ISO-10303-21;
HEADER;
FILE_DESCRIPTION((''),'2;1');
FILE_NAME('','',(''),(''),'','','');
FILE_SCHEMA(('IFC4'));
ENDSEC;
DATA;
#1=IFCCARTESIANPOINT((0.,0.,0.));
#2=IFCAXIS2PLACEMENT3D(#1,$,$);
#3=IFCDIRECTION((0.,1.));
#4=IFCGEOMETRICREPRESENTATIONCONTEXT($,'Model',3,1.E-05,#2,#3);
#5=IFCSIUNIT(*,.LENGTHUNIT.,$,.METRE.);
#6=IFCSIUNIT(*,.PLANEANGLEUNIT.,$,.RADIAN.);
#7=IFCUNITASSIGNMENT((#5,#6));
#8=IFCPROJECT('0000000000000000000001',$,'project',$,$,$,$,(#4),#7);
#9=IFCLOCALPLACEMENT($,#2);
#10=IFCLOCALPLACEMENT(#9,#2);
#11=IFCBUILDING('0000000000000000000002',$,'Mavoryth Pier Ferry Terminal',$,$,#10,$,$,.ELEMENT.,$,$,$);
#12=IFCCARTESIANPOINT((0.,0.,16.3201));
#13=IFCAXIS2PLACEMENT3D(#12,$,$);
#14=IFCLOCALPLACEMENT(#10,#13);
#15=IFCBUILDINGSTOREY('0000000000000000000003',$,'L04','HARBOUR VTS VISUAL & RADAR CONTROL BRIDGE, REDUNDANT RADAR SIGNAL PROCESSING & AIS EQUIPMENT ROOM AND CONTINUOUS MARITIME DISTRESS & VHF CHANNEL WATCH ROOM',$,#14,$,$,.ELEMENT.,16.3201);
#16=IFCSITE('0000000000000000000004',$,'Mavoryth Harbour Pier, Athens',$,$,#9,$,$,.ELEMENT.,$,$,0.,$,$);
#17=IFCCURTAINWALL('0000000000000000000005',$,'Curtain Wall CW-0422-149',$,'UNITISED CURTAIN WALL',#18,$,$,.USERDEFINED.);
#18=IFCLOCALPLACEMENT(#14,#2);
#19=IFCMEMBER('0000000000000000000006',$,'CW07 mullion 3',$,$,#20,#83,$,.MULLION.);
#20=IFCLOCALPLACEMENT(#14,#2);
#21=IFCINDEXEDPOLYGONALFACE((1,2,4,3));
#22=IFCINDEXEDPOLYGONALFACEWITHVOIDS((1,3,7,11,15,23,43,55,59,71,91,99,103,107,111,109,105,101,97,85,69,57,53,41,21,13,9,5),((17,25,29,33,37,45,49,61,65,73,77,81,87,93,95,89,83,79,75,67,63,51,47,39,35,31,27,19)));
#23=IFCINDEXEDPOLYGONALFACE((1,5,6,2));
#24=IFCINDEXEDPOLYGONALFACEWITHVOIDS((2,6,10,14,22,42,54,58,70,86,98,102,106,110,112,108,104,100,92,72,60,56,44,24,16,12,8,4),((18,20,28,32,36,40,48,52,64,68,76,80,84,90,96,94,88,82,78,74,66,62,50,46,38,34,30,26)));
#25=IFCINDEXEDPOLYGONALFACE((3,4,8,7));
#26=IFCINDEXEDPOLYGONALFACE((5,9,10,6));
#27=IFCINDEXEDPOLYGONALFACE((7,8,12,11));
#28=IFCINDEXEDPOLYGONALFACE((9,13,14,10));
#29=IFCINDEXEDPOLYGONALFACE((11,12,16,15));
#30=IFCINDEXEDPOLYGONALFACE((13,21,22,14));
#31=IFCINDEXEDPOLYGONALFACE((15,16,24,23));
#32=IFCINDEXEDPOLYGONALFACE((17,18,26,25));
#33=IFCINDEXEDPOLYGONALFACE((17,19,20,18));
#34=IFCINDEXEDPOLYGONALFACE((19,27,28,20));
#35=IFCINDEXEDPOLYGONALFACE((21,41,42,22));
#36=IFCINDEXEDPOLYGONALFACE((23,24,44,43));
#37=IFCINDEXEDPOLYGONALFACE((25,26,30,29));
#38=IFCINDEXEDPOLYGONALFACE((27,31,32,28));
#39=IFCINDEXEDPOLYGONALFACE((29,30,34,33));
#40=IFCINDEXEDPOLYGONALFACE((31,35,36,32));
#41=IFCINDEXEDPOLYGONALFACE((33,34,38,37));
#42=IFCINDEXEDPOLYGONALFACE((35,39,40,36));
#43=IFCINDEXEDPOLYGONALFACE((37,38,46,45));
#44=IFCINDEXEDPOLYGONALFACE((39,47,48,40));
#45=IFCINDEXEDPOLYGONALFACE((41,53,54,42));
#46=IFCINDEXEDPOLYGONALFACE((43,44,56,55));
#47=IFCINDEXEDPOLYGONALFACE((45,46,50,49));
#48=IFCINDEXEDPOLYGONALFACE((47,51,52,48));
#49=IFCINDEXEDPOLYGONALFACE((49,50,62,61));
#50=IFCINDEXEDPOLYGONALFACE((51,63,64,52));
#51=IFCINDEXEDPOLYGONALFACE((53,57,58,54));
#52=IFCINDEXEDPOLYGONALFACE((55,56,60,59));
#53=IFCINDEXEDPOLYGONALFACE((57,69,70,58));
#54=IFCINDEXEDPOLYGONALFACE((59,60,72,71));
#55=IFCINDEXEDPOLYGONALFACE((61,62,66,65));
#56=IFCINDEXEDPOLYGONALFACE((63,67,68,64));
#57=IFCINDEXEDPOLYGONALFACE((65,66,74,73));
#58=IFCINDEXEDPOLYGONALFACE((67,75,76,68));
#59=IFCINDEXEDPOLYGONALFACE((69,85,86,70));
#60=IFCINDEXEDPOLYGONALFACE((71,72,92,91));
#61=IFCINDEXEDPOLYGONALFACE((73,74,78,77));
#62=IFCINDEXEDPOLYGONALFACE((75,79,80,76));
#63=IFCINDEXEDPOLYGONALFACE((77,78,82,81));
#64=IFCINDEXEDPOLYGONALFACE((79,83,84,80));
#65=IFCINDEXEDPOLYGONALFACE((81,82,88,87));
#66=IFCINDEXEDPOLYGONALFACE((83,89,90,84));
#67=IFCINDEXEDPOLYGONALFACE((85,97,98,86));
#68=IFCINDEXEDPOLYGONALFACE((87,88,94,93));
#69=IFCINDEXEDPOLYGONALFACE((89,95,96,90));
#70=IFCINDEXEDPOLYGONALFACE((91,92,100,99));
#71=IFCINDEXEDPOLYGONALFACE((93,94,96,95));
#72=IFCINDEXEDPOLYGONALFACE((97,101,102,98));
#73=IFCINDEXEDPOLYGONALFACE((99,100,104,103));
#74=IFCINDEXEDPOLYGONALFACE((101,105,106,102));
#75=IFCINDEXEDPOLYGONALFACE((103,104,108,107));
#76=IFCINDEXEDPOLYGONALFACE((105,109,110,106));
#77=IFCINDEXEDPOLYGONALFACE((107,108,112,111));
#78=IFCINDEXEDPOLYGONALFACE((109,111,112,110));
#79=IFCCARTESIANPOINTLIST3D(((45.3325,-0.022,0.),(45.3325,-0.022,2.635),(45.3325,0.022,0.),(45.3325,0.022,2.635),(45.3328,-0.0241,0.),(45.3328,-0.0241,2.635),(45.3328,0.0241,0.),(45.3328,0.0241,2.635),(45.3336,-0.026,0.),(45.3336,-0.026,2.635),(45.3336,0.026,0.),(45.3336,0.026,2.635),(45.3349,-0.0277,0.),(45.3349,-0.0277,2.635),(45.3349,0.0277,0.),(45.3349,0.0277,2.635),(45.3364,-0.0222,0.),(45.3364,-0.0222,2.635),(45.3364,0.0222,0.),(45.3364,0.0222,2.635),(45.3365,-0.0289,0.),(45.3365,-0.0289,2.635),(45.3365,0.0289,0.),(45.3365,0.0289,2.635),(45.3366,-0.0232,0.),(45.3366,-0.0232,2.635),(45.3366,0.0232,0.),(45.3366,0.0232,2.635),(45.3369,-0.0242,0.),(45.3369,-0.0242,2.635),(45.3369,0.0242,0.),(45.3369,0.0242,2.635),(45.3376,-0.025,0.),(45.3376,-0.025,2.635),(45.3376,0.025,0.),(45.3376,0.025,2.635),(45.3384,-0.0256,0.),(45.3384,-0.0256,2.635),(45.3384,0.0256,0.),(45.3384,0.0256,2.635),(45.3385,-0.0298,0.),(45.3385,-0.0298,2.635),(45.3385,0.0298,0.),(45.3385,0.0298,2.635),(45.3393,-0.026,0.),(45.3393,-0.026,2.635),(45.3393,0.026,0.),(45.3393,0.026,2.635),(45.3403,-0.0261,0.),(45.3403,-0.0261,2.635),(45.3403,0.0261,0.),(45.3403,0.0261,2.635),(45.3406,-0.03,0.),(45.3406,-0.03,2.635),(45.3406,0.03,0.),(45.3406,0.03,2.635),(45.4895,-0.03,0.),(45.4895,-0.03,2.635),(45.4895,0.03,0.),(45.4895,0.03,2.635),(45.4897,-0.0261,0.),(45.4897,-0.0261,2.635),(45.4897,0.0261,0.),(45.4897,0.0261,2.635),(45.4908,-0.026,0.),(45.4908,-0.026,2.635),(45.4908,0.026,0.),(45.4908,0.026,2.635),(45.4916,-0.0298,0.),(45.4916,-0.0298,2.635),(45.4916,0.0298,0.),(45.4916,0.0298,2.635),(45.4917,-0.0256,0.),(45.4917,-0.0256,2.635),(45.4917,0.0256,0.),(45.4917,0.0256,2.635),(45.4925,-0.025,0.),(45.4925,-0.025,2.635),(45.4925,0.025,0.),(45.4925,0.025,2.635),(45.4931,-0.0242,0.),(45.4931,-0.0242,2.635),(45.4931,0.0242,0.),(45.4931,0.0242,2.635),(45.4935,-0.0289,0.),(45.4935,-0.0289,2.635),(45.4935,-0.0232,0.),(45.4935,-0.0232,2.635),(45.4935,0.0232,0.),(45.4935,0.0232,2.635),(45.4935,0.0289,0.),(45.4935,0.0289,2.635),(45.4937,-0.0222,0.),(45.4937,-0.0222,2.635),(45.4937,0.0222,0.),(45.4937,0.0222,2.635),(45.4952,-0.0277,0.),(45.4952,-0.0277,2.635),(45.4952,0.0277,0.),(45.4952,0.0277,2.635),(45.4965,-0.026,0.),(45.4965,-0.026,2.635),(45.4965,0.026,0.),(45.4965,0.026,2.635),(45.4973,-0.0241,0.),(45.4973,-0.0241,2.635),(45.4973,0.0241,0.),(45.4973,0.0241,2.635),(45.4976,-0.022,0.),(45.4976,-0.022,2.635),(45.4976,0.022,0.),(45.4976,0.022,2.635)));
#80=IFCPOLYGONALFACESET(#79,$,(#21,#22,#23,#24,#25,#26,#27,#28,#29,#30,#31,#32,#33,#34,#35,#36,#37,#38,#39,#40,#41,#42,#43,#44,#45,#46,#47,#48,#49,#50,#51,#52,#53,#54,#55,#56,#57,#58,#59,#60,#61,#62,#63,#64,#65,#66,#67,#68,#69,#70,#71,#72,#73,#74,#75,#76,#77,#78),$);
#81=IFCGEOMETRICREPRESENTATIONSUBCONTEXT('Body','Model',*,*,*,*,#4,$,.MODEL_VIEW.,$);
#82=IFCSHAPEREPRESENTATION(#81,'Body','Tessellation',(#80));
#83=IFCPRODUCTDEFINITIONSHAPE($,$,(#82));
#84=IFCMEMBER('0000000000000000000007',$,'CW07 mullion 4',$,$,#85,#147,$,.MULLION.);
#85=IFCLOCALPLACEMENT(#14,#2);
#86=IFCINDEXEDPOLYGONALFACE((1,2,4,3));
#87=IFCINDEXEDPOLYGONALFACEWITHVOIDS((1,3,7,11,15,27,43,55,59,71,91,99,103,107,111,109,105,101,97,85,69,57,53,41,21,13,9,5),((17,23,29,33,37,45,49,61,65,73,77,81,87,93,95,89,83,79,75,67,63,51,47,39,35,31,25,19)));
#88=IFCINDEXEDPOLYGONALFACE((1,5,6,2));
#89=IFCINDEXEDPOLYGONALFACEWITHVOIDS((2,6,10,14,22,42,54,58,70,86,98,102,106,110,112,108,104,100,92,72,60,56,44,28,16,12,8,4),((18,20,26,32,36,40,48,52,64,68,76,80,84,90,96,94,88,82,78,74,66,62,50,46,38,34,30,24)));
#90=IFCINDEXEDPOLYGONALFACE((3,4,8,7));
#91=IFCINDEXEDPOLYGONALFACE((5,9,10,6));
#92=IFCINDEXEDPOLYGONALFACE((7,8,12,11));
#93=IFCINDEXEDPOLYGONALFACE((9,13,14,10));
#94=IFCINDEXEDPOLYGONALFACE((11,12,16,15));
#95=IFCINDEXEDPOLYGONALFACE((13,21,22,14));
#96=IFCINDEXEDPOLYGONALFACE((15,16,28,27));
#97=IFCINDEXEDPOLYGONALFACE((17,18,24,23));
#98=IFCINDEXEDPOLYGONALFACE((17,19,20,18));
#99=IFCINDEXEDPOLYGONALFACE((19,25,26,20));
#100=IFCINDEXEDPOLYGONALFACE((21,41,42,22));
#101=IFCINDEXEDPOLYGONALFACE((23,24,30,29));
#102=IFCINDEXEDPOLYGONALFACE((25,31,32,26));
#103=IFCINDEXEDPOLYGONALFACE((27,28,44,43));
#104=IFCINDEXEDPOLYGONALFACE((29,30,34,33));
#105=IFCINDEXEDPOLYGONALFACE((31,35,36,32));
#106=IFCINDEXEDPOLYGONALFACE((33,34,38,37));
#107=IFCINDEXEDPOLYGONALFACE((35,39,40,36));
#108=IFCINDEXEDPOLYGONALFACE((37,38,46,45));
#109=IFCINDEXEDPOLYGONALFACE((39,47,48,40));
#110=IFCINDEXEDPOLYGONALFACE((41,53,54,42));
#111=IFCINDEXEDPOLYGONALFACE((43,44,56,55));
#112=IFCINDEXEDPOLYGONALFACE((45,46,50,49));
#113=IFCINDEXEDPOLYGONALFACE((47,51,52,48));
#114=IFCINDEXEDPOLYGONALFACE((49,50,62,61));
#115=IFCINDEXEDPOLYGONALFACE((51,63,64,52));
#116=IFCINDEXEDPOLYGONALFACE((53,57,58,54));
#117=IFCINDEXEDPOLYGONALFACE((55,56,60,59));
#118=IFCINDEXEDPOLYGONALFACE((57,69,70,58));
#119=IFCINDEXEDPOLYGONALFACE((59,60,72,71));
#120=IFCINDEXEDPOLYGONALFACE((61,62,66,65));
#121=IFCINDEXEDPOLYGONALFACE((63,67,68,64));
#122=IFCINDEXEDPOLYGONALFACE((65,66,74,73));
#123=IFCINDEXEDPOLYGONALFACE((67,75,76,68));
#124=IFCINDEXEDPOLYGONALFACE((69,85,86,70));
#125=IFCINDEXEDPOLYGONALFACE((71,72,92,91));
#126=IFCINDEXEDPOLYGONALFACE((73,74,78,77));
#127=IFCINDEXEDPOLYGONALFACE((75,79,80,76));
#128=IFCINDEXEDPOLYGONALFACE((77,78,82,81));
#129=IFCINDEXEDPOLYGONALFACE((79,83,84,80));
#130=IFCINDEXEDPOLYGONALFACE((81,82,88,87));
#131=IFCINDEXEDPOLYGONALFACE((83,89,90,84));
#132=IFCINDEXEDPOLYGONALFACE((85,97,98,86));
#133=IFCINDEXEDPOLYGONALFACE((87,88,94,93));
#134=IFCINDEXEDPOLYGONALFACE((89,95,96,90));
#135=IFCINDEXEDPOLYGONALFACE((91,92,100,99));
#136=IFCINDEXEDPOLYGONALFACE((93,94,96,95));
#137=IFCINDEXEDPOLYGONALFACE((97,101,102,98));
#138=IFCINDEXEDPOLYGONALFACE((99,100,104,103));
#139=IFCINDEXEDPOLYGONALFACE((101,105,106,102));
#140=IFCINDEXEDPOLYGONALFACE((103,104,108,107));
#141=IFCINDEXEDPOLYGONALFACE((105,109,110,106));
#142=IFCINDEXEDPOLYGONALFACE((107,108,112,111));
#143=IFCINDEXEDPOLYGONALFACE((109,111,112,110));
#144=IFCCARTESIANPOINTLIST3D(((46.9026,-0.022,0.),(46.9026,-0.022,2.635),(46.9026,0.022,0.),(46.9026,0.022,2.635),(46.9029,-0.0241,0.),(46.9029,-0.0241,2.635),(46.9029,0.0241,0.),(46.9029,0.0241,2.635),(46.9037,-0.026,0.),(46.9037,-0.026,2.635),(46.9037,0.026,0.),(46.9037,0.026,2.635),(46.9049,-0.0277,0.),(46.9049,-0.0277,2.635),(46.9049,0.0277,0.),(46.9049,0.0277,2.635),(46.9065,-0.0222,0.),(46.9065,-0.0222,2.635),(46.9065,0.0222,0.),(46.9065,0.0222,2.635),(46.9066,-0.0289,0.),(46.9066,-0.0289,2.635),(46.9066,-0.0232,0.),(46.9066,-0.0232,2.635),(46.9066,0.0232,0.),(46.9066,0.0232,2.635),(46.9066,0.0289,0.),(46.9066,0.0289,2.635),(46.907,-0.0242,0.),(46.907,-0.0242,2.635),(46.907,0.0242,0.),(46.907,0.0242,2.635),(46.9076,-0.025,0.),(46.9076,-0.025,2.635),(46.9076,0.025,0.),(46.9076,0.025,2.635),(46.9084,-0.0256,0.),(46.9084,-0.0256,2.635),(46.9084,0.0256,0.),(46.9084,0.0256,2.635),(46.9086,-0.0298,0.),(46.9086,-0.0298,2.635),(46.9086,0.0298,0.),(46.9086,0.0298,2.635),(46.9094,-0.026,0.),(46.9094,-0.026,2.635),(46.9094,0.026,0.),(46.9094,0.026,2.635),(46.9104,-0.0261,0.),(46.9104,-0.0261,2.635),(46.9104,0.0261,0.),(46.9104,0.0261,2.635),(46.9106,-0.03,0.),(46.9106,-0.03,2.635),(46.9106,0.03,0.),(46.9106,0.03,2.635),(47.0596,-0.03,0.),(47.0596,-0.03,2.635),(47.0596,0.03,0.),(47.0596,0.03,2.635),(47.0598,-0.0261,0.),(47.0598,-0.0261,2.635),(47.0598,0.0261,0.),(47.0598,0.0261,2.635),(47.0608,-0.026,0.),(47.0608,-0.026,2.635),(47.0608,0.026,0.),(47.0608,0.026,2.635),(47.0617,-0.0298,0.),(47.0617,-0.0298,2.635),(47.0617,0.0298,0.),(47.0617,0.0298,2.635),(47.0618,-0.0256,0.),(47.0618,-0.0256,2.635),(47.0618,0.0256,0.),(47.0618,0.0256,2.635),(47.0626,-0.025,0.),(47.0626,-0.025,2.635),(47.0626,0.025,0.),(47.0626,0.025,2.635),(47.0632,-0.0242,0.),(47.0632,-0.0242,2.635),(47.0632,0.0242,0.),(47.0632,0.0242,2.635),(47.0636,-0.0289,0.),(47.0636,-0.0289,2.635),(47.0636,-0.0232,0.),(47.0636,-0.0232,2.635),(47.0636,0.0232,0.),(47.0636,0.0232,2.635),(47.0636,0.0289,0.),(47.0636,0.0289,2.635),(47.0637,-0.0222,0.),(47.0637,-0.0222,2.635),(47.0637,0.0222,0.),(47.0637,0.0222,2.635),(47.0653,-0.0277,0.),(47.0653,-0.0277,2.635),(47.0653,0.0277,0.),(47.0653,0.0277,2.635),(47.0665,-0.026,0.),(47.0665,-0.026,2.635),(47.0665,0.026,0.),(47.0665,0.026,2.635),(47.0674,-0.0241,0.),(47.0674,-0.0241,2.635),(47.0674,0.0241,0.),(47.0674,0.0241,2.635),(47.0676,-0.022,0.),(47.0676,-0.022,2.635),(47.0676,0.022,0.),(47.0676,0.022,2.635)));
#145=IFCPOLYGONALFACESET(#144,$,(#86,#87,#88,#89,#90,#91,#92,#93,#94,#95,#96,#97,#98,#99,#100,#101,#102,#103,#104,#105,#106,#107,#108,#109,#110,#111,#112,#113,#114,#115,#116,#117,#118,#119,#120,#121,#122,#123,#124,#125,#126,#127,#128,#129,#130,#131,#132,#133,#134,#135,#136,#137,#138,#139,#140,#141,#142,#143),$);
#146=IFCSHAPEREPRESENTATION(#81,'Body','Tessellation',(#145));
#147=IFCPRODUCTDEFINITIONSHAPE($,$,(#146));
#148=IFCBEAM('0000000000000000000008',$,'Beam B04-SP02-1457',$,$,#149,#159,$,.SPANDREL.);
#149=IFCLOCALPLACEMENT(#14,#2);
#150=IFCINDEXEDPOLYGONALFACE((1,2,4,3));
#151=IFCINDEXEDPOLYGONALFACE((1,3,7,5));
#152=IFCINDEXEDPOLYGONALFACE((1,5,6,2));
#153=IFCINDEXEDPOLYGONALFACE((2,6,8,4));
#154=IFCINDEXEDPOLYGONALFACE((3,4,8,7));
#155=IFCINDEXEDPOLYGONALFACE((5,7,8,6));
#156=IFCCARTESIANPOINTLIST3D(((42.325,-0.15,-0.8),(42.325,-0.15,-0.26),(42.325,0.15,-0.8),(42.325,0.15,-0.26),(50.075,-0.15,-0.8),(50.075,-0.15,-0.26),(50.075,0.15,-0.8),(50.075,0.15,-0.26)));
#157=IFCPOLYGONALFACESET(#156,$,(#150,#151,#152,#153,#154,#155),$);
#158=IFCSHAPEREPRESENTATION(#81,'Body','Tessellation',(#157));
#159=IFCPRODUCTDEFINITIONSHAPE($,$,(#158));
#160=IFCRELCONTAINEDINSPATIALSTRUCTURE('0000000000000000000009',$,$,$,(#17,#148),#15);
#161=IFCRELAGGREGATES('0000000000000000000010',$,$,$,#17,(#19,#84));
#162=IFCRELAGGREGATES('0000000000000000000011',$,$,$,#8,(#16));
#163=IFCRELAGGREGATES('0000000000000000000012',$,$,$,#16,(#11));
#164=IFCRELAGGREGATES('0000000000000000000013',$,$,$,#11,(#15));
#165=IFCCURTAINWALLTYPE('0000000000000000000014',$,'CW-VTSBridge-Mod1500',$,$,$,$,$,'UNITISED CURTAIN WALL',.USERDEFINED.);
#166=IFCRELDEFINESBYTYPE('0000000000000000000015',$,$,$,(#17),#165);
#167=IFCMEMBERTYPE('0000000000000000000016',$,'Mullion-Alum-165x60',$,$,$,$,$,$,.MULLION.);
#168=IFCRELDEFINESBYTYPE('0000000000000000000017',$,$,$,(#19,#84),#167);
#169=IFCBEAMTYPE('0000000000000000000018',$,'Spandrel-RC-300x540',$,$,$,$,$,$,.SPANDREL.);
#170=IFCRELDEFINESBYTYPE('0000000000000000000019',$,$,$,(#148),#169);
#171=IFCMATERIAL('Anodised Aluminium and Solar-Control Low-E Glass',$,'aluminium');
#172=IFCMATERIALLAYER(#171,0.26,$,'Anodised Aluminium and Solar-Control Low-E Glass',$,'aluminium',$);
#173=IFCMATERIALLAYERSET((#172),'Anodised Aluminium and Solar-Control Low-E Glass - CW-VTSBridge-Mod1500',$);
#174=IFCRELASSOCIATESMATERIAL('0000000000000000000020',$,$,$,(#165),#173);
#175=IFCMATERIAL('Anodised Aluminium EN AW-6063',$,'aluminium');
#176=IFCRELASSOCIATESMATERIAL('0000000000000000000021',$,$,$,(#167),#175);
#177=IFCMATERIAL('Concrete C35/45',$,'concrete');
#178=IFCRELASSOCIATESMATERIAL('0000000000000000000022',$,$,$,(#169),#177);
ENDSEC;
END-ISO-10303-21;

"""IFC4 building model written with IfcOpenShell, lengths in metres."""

from ifc_helpers import new_model, si_unit, direction, frame, origin, origin_2d, place, context, subcontext, project, spatial, rectangle, hollow_rectangle, extrude, material, layer, layer_set, material_profile, profile_set, type_object, element, aggregate, save


model = new_model("IFC4")

# Units and contexts
model_context = context("Model", 3, precision=1e-05, world=origin(), true_north=direction((0.0, 1.0)))
body_context = subcontext(model_context, "Body", "Model", "MODEL_VIEW")
ifc_project = project(units=[si_unit("LENGTHUNIT", "METRE"), si_unit("PLANEANGLEUNIT", "RADIAN")], contexts=[model_context])

# Site, building, storey
site_placement = place(None, origin())
site = spatial("IfcSite", under=ifc_project, at=site_placement, Name="Mavoryth Harbour Pier, Athens", CompositionType="ELEMENT", RefElevation=0.0)
building_placement = place(site_placement, origin())
building = spatial("IfcBuilding", under=site, at=building_placement, Name="Mavoryth Pier Ferry Terminal", CompositionType="ELEMENT")
storey_placement = place(building_placement, frame((0.0, 0.0, 16.3201)))
storey = spatial("IfcBuildingStorey", under=building, at=storey_placement, Name="L04", Description="HARBOUR VTS VISUAL & RADAR CONTROL BRIDGE, REDUNDANT RADAR SIGNAL PROCESSING & AIS EQUIPMENT ROOM AND CONTINUOUS MARITIME DISTRESS & VHF CHANNEL WATCH ROOM", CompositionType="ELEMENT", Elevation=16.3201)

# Curtain wall, members
ifc_material_1 = material(Name="Anodised Aluminium and Solar-Control Low-E Glass", Category="aluminium")
ifc_layer_1 = layer(ifc_material_1, 0.26, Name="Anodised Aluminium and Solar-Control Low-E Glass", Category="aluminium")
ifc_layer_set_1 = layer_set([ifc_layer_1], Name="Anodised Aluminium and Solar-Control Low-E Glass - CW-VTSBridge-Mod1500")
curtain_wall_type = type_object("IfcCurtainWallType", Name="CW-VTSBridge-Mod1500", ElementType="UNITISED CURTAIN WALL", PredefinedType="USERDEFINED", material=ifc_layer_set_1)
curtain_wall_placement = place(storey_placement, origin())
curtain_wall = element("IfcCurtainWall", 1, at=curtain_wall_placement, inside=storey, type_object=curtain_wall_type, Name="Curtain Wall CW-0422-149", ObjectType="UNITISED CURTAIN WALL", PredefinedType="USERDEFINED")
ifc_material_2 = material(Name="Anodised Aluminium EN AW-6063", Category="aluminium")
ifc_material_profile_1 = material_profile(ifc_material_2, hollow_rectangle(XDim=0.0601, YDim=0.165, WallThickness=0.0039, InnerFilletRadius=0.0039, OuterFilletRadius=0.0081, at=origin_2d()), Name="AL-MULL 165x60x4", Category="aluminium")
ifc_profile_set_1 = profile_set([ifc_material_profile_1], Name="Anodised Aluminium EN AW-6063 - AL-MULL 165x60x4")
member_type_1 = type_object("IfcMemberType", Name="Mullion-Alum-165x60", PredefinedType="MULLION", material=ifc_profile_set_1)
member_1_placement = place(storey_placement, frame((45.415, 0.0, 0.0), z_axis=(0.0, 0.0, 1.0), x_axis=(0.0, 1.0, 0.0)))
member_1 = element("IfcMember", 2, at=member_1_placement, type_object=member_type_1, Name="CW07 mullion 3", PredefinedType="MULLION", context=body_context, shape_type="SweptSolid", body=[
    extrude(hollow_rectangle(XDim=0.0601, YDim=0.165, WallThickness=0.0039, InnerFilletRadius=0.0039, OuterFilletRadius=0.0081, at=origin_2d()), origin(), (0.0, 0.0, 1.0), 2.635),
])
member_2_placement = place(storey_placement, frame((46.9851, 0.0, 0.0), z_axis=(0.0, 0.0, 1.0), x_axis=(0.0, 1.0, 0.0)))
member_2 = element("IfcMember", 3, at=member_2_placement, type_object=member_type_1, Name="CW07 mullion 4", PredefinedType="MULLION", context=body_context, shape_type="SweptSolid", body=[
    extrude(hollow_rectangle(XDim=0.0601, YDim=0.165, WallThickness=0.0039, InnerFilletRadius=0.0039, OuterFilletRadius=0.0081, at=origin_2d()), origin(), (0.0, 0.0, 1.0), 2.635),
])

# Beam
ifc_material_3 = material(Name="Concrete C35/45", Category="concrete")
ifc_material_profile_2 = material_profile(ifc_material_3, rectangle(XDim=0.3, YDim=0.54, at=origin_2d()), Name="RC 300x540", Category="concrete")
ifc_profile_set_2 = profile_set([ifc_material_profile_2], Name="Concrete C35/45 - RC 300x540")
beam_type = type_object("IfcBeamType", Name="Spandrel-RC-300x540", PredefinedType="SPANDREL", material=ifc_profile_set_2)
beam_placement = place(storey_placement, frame((42.325, 0.0, -0.53), z_axis=(1.0, 0.0, 0.0), x_axis=(0.0, 1.0, 0.0)))
element("IfcBeam", 4, at=beam_placement, inside=storey, type_object=beam_type, Name="Beam B04-SP02-1457", PredefinedType="SPANDREL", context=body_context, shape_type="SweptSolid", body=[
    extrude(rectangle(XDim=0.3, YDim=0.54, at=origin_2d()), origin(), (0.0, 0.0, 1.0), 7.75),
])

aggregate(curtain_wall, [member_1, member_2])

save(model, "model.ifc")
